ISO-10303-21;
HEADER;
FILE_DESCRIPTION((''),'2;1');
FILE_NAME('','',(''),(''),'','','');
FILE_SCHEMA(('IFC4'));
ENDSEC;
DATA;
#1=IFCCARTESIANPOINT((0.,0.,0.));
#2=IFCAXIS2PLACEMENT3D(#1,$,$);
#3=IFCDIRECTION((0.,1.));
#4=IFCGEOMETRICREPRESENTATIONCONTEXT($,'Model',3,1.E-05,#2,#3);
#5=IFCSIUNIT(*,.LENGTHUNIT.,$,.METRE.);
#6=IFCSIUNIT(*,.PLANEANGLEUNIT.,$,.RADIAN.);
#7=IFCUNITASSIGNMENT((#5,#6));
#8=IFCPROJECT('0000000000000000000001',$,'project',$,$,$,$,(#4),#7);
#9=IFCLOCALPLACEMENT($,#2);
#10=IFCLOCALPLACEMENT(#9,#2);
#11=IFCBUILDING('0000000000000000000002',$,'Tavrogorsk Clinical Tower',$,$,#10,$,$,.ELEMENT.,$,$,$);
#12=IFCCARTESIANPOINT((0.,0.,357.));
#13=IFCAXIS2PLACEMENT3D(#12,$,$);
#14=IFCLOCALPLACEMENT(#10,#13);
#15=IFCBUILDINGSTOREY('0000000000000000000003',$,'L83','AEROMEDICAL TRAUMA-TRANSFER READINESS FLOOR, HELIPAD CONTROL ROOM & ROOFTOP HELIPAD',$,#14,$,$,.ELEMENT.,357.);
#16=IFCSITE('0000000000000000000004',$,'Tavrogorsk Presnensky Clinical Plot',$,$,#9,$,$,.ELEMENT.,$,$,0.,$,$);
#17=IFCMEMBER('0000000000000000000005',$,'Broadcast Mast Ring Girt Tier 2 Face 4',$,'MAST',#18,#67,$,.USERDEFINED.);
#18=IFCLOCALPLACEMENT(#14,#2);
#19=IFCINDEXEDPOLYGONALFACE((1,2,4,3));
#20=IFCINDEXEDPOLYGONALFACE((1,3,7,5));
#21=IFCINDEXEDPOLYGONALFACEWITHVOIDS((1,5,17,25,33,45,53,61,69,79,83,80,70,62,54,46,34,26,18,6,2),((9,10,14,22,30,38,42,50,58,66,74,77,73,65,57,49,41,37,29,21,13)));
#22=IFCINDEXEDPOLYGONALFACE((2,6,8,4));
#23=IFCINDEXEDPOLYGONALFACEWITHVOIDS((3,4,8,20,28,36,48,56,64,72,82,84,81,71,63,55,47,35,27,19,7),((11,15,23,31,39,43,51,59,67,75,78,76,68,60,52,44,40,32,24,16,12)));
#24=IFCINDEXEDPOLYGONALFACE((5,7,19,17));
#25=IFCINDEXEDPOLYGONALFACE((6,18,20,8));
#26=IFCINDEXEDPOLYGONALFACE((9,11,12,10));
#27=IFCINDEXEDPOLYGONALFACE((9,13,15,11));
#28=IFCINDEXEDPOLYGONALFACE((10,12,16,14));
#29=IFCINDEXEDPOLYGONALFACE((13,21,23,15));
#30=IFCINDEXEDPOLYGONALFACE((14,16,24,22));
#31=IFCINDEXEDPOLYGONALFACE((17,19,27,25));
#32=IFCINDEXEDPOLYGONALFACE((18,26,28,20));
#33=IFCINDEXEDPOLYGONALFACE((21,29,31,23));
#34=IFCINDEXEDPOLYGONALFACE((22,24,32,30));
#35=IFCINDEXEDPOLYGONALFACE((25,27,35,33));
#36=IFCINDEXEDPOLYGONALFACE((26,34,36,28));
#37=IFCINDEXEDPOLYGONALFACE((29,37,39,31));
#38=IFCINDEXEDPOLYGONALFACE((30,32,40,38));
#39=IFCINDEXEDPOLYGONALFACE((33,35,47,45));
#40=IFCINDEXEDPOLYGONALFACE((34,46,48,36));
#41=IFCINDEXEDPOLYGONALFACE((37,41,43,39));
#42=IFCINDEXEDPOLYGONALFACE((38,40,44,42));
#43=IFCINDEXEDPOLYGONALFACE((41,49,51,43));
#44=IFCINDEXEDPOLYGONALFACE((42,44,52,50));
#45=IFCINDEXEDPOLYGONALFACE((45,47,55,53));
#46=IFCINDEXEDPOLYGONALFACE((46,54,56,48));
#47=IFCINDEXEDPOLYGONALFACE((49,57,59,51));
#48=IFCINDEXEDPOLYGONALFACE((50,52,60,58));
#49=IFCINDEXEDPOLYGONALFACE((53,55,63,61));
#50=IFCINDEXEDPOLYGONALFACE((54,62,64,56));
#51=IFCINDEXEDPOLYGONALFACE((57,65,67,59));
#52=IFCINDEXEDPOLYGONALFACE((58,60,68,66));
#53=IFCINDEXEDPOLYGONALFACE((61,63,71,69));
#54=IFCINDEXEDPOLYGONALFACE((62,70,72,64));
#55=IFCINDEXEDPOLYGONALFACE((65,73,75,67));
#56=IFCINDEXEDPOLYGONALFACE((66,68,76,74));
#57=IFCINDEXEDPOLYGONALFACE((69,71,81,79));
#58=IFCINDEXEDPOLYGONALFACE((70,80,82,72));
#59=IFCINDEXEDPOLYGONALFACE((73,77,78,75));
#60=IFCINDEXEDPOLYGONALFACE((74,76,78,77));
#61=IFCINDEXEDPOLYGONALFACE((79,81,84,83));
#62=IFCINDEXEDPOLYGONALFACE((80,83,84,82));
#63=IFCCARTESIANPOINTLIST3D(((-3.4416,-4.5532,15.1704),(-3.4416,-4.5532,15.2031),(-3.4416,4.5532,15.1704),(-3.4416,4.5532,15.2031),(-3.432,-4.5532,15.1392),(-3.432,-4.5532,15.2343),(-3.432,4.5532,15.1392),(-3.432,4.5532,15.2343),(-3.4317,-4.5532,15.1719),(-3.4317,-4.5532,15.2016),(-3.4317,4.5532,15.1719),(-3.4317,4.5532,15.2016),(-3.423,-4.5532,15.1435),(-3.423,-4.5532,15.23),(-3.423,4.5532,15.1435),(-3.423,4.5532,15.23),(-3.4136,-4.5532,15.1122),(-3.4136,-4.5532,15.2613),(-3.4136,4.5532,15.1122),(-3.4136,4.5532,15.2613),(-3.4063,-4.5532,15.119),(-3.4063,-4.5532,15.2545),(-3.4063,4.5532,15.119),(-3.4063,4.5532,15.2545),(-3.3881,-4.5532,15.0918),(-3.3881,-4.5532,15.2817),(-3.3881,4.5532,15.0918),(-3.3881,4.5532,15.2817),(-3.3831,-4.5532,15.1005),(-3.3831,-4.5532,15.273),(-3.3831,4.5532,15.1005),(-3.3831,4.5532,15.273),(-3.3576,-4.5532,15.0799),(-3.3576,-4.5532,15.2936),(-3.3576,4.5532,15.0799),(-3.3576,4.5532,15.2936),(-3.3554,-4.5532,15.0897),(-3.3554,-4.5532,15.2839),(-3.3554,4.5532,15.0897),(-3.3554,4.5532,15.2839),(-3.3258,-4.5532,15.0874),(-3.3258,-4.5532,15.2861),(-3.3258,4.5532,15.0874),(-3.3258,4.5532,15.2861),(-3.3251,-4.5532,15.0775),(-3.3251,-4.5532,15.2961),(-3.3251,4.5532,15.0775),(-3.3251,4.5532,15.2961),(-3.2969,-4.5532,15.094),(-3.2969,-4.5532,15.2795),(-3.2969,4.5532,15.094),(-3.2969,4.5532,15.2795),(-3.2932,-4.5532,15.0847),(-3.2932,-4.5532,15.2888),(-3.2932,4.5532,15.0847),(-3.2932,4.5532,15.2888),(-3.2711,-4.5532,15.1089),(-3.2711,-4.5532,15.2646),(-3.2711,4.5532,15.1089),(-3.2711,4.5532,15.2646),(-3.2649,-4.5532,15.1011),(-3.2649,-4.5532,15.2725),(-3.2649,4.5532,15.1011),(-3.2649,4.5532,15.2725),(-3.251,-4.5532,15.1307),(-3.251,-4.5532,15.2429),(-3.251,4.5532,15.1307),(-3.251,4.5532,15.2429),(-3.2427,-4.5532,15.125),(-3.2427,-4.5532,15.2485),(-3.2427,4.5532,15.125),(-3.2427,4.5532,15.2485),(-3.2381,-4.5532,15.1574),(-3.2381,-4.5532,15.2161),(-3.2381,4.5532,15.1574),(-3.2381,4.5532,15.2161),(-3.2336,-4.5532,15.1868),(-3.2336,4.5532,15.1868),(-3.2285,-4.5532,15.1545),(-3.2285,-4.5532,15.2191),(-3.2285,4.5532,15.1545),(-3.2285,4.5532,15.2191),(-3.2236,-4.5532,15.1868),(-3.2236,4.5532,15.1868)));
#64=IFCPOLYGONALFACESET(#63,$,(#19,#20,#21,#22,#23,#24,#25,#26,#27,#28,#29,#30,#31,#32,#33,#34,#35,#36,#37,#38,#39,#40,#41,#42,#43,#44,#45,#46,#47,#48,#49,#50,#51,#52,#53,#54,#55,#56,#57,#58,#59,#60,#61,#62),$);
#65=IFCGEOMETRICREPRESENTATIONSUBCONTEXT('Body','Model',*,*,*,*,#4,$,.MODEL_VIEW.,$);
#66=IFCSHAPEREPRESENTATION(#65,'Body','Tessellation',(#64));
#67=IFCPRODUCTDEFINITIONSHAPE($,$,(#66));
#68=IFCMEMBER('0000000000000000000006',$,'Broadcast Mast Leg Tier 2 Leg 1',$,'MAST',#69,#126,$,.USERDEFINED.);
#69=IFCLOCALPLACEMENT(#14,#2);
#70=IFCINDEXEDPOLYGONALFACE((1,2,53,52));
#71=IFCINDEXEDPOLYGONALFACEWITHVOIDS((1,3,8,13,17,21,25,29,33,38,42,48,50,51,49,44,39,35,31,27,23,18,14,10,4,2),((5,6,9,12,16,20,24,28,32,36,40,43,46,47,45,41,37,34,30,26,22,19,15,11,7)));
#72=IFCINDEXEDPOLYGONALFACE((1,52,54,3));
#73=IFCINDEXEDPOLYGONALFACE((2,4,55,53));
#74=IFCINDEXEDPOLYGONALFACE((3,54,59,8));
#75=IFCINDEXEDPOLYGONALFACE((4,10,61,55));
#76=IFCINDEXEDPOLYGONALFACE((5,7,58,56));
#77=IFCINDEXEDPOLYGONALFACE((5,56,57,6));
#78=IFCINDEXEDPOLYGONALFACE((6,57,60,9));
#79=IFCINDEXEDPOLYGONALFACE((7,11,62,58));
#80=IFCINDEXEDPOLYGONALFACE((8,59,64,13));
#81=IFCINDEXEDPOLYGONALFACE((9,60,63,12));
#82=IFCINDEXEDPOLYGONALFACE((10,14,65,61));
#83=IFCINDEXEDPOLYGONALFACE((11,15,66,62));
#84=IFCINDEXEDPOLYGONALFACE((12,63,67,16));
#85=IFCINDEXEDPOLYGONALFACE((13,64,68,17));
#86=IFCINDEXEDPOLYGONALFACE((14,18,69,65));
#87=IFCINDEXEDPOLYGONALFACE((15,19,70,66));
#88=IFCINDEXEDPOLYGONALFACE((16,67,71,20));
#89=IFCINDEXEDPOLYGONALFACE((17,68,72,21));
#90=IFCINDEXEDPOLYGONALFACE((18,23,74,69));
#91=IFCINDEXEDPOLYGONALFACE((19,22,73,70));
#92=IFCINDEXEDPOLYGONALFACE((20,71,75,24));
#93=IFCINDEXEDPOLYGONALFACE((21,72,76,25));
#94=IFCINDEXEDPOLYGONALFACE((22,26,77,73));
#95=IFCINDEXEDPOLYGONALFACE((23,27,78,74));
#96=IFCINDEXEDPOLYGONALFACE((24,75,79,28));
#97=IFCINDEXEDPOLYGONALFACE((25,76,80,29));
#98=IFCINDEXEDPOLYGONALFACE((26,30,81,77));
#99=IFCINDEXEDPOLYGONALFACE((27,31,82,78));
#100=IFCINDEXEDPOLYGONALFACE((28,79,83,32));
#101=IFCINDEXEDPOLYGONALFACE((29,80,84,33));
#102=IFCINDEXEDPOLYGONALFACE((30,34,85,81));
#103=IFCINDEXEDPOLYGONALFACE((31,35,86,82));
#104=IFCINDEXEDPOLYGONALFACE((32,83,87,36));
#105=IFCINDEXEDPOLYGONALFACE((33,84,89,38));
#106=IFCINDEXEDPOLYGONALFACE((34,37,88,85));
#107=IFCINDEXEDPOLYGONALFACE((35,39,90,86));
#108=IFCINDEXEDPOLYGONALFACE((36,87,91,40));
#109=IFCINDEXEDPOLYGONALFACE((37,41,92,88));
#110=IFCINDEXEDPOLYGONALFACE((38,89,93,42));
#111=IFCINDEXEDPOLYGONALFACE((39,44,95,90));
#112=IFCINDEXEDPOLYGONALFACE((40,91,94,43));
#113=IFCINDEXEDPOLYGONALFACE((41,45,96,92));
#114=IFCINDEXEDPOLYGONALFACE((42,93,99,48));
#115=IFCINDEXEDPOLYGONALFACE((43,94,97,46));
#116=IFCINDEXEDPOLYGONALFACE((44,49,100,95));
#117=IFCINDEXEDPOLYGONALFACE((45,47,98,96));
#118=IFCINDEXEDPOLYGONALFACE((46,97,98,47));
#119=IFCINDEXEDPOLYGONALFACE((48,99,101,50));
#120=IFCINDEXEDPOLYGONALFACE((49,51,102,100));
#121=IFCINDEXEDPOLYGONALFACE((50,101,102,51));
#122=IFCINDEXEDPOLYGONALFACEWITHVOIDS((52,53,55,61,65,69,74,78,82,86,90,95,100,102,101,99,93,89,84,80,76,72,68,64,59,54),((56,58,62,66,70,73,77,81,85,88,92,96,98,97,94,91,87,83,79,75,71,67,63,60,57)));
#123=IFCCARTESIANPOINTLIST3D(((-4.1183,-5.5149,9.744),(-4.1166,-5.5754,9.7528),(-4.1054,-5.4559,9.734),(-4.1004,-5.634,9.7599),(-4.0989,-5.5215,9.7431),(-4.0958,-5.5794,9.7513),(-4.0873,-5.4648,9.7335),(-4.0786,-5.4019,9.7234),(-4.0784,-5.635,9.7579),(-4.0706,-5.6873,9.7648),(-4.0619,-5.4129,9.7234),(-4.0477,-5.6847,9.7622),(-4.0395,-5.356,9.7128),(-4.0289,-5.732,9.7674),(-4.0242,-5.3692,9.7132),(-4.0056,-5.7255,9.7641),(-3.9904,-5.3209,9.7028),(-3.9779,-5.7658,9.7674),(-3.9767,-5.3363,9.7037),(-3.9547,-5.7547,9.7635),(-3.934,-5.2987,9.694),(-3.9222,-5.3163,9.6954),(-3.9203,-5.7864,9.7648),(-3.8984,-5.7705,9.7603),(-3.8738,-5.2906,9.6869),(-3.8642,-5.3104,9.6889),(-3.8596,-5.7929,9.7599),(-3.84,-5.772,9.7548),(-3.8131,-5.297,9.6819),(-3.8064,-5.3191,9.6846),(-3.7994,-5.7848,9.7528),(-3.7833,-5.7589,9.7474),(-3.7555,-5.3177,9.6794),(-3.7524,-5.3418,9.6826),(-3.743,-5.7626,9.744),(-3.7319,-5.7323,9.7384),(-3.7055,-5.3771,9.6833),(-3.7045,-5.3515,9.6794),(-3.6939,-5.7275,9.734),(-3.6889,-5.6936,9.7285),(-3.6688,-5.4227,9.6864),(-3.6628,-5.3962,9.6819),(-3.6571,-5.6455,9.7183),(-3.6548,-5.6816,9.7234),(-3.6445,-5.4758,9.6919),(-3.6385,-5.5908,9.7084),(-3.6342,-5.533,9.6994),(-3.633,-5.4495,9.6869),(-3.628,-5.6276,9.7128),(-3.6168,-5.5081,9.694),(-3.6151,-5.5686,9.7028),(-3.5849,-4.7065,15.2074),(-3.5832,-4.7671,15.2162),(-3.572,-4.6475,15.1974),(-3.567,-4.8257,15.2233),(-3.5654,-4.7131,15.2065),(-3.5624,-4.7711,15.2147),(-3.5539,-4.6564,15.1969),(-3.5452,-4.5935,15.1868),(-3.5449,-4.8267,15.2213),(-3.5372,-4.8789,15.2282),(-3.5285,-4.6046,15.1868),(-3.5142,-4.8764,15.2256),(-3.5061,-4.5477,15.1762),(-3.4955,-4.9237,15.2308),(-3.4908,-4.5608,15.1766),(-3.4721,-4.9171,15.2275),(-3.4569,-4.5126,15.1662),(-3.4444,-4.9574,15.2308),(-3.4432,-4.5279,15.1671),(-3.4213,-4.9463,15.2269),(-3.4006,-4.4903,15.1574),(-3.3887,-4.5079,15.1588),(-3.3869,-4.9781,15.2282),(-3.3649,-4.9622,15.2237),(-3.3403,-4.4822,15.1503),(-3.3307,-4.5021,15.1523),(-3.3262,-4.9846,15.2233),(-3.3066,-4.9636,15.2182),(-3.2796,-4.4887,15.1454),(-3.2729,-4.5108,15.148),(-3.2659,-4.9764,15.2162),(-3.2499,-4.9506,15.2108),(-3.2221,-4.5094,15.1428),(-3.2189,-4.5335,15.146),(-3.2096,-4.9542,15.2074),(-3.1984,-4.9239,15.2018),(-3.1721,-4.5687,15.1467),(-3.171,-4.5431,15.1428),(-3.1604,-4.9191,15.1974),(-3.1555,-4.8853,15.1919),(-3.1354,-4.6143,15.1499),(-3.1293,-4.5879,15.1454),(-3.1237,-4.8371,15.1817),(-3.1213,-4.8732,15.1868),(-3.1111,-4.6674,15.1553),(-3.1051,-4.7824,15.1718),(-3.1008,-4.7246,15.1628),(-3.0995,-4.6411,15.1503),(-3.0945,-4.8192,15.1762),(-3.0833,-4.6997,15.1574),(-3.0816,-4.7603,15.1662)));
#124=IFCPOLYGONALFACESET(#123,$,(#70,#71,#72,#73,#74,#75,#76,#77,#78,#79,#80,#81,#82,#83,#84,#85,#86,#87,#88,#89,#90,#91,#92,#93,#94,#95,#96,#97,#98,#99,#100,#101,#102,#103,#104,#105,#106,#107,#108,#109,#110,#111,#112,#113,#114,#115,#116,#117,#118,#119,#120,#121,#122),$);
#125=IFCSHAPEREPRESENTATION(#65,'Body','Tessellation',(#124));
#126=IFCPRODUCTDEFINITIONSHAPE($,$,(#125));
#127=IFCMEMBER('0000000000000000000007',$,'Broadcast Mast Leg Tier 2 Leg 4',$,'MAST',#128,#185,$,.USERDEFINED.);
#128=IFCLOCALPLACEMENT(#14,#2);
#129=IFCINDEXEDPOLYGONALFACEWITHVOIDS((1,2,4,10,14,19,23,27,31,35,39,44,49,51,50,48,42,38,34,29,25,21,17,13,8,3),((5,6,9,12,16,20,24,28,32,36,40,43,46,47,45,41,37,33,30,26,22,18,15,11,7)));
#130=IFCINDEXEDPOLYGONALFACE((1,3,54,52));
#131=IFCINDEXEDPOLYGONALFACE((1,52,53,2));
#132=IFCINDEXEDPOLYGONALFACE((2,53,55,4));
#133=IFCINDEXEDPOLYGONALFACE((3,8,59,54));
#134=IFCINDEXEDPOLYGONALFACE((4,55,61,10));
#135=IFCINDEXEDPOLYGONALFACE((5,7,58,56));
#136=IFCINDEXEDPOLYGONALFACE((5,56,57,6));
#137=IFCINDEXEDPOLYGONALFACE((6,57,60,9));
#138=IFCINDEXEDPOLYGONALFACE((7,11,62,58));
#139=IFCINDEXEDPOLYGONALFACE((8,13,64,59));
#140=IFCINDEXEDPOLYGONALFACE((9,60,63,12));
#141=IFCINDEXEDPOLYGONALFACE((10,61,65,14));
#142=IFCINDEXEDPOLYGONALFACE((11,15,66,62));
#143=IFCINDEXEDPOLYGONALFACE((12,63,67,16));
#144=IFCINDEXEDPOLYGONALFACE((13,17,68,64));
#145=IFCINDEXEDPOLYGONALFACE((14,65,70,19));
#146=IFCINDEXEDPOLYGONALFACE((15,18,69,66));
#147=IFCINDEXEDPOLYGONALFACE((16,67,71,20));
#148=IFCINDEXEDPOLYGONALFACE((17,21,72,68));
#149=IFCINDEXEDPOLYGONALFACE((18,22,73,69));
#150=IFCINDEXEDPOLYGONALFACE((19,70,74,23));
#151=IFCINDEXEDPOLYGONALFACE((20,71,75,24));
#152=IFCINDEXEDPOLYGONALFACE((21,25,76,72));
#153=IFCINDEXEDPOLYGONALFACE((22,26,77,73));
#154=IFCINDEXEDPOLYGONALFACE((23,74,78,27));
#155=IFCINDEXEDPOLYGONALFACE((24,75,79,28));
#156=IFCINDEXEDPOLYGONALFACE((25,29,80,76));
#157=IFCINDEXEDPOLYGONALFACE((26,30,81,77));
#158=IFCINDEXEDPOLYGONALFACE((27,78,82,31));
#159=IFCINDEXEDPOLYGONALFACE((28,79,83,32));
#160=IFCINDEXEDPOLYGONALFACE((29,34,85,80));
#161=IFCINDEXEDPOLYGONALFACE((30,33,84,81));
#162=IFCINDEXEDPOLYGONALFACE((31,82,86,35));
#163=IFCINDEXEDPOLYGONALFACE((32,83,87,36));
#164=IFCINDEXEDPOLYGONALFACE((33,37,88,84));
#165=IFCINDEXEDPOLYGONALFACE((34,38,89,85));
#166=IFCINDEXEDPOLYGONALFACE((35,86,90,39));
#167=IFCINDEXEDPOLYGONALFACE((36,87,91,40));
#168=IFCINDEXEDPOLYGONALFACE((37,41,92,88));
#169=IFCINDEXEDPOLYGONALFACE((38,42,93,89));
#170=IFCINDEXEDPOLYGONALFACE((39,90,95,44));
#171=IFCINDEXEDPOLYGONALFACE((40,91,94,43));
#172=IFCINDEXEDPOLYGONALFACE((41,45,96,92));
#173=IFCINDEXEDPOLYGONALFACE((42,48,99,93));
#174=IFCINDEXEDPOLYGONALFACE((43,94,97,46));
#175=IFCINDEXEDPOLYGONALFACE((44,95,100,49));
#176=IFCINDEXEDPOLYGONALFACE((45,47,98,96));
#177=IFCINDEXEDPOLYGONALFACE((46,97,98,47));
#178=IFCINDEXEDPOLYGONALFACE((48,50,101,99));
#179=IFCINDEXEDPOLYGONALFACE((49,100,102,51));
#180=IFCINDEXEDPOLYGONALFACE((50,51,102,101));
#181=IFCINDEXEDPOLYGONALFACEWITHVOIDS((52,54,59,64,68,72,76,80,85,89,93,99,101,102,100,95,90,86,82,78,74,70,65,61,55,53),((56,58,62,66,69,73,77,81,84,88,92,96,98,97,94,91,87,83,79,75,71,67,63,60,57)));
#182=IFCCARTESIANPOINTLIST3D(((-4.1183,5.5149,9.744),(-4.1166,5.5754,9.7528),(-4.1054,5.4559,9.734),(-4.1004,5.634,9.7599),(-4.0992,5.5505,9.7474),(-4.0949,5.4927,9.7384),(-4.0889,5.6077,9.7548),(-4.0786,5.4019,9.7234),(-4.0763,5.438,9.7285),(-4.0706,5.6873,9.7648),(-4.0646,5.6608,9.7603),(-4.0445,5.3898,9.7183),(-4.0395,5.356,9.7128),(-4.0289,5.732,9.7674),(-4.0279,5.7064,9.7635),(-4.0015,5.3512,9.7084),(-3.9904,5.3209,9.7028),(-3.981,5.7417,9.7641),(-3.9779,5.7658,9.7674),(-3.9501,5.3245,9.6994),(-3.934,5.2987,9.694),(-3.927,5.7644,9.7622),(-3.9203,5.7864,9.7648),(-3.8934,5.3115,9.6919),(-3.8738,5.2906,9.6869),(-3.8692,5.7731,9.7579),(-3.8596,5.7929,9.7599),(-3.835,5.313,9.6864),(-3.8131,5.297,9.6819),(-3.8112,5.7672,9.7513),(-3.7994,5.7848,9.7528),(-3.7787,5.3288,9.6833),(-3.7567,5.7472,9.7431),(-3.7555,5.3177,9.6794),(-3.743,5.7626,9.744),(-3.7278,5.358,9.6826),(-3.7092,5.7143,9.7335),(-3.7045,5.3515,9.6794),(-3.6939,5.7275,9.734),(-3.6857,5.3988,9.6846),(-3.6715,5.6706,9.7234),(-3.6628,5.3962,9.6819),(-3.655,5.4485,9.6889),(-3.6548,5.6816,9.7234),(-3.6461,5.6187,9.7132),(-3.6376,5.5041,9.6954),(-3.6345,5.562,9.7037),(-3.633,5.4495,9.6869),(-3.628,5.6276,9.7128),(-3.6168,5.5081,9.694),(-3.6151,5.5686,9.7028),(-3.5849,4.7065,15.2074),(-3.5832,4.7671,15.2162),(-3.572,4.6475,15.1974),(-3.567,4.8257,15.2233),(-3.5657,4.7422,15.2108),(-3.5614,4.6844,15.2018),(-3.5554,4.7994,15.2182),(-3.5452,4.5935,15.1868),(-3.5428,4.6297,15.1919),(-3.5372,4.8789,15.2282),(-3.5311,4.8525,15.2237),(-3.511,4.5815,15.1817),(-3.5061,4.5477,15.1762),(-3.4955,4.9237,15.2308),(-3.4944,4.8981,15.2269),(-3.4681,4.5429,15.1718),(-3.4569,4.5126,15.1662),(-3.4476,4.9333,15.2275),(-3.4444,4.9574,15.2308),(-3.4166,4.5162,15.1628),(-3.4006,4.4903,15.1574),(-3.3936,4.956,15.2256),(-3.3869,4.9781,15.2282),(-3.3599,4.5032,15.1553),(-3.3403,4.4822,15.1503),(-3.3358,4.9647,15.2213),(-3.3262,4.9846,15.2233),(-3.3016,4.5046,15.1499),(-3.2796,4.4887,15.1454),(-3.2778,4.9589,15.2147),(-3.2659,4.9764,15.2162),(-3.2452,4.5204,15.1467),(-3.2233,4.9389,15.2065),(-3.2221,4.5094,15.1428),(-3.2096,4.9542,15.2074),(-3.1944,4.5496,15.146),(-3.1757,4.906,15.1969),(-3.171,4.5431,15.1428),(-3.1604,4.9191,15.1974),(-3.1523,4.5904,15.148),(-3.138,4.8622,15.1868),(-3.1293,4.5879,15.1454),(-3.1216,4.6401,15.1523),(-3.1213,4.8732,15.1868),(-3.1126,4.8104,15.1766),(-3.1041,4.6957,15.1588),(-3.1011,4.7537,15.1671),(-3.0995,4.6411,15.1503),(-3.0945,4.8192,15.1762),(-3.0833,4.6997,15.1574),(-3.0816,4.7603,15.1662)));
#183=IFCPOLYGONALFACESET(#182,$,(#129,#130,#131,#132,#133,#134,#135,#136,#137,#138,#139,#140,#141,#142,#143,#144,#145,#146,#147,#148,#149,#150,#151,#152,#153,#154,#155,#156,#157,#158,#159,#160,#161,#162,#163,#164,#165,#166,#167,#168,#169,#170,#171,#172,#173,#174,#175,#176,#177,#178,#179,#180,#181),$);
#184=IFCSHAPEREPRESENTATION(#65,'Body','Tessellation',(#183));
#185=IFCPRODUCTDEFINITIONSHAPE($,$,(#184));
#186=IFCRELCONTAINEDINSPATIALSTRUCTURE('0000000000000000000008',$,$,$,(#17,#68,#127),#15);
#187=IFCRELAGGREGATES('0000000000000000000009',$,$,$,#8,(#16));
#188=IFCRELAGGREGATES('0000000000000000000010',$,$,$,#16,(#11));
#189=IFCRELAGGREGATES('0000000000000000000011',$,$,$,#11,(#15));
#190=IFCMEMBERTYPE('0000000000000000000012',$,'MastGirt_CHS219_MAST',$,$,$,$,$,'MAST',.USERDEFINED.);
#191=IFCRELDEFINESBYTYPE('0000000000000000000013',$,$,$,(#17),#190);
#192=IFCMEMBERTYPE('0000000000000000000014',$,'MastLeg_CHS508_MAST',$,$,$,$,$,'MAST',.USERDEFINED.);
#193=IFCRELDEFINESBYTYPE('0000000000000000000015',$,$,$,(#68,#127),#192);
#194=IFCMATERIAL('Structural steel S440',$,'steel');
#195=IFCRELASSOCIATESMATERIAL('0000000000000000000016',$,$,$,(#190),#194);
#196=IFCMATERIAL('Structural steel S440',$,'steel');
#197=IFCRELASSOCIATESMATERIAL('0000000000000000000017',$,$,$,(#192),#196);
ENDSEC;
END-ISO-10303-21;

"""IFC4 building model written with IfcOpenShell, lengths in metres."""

from ifc_helpers import new_model, si_unit, direction, frame, origin, origin_2d, place, context, subcontext, project, spatial, hollow_circle, extrude, material, material_profile, profile_set, type_object, element, save


model = new_model("IFC4")

# Units and contexts
model_context = context("Model", 3, precision=1e-05, world=origin(), true_north=direction((0.0, 1.0)))
body_context = subcontext(model_context, "Body", "Model", "MODEL_VIEW")
ifc_project = project(units=[si_unit("LENGTHUNIT", "METRE"), si_unit("PLANEANGLEUNIT", "RADIAN")], contexts=[model_context])

# Site, building, storey
site_placement = place(None, origin())
site = spatial("IfcSite", under=ifc_project, at=site_placement, Name="Tavrogorsk Presnensky Clinical Plot", CompositionType="ELEMENT", RefElevation=0.0)
building_placement = place(site_placement, origin())
building = spatial("IfcBuilding", under=site, at=building_placement, Name="Tavrogorsk Clinical Tower", CompositionType="ELEMENT")
storey_placement = place(building_placement, frame((0.0, 0.0, 357.0)))
storey = spatial("IfcBuildingStorey", under=building, at=storey_placement, Name="L83", Description="AEROMEDICAL TRAUMA-TRANSFER READINESS FLOOR, HELIPAD CONTROL ROOM & ROOFTOP HELIPAD", CompositionType="ELEMENT", Elevation=357.0)

# Members
ifc_material_1 = material(Name="Structural steel S440", Category="steel")
ifc_material_profile_1 = material_profile(ifc_material_1, hollow_circle(Radius=0.1096, WallThickness=0.01, at=origin_2d()), Name="CHS-219.1x10")
ifc_profile_set_1 = profile_set([ifc_material_profile_1], Name="Structural steel S440")
member_type_1 = type_object("IfcMemberType", Name="MastGirt_CHS219_MAST", ElementType="MAST", PredefinedType="USERDEFINED", material=ifc_profile_set_1)
member_1_placement = place(storey_placement, frame((-3.3333, 4.5532, 15.1868), z_axis=(0.0, -1.0, 0.0), x_axis=(1.0, 0.0, 0.0)))
element("IfcMember", 1, at=member_1_placement, inside=storey, type_object=member_type_1, Name="Broadcast Mast Ring Girt Tier 2 Face 4", ObjectType="MAST", PredefinedType="USERDEFINED", context=body_context, shape_type="SweptSolid", body=[
    extrude(hollow_circle(Radius=0.1096, WallThickness=0.01, at=origin_2d()), origin(), (0.0, 0.0, 1.0), 9.1064),
])
ifc_material_2 = material(Name="Structural steel S440", Category="steel")
ifc_material_profile_2 = material_profile(ifc_material_2, hollow_circle(Radius=0.2539, WallThickness=0.02, at=origin_2d()), Name="CHS-508x20")
ifc_profile_set_2 = profile_set([ifc_material_profile_2], Name="Structural steel S440")
member_type_2 = type_object("IfcMemberType", Name="MastLeg_CHS508_MAST", ElementType="MAST", PredefinedType="USERDEFINED", material=ifc_profile_set_2)
for number, where, z_axis, x_axis, name in (
    (2, (-3.8667, -5.5417, 9.7234), (0.096142, 0.145686, 0.984648), (-0.83464, 0.550797, 0.0), "Broadcast Mast Leg Tier 2 Leg 1"),
    (3, (-3.8667, 5.5417, 9.7234), (0.096142, -0.145686, 0.984648), (0.83464, 0.550797, 0.0), "Broadcast Mast Leg Tier 2 Leg 4"),
):
    element("IfcMember", number, at=place(storey_placement, frame(where, z_axis=z_axis, x_axis=x_axis)), inside=storey, type_object=member_type_2, Name=name, ObjectType="MAST", PredefinedType="USERDEFINED", context=body_context, shape_type="SweptSolid", body=[
        extrude(hollow_circle(Radius=0.2539, WallThickness=0.02, at=origin_2d()), origin(), (0.0, 0.0, 1.0), 5.5486),
    ])

save(model, "model.ifc")
